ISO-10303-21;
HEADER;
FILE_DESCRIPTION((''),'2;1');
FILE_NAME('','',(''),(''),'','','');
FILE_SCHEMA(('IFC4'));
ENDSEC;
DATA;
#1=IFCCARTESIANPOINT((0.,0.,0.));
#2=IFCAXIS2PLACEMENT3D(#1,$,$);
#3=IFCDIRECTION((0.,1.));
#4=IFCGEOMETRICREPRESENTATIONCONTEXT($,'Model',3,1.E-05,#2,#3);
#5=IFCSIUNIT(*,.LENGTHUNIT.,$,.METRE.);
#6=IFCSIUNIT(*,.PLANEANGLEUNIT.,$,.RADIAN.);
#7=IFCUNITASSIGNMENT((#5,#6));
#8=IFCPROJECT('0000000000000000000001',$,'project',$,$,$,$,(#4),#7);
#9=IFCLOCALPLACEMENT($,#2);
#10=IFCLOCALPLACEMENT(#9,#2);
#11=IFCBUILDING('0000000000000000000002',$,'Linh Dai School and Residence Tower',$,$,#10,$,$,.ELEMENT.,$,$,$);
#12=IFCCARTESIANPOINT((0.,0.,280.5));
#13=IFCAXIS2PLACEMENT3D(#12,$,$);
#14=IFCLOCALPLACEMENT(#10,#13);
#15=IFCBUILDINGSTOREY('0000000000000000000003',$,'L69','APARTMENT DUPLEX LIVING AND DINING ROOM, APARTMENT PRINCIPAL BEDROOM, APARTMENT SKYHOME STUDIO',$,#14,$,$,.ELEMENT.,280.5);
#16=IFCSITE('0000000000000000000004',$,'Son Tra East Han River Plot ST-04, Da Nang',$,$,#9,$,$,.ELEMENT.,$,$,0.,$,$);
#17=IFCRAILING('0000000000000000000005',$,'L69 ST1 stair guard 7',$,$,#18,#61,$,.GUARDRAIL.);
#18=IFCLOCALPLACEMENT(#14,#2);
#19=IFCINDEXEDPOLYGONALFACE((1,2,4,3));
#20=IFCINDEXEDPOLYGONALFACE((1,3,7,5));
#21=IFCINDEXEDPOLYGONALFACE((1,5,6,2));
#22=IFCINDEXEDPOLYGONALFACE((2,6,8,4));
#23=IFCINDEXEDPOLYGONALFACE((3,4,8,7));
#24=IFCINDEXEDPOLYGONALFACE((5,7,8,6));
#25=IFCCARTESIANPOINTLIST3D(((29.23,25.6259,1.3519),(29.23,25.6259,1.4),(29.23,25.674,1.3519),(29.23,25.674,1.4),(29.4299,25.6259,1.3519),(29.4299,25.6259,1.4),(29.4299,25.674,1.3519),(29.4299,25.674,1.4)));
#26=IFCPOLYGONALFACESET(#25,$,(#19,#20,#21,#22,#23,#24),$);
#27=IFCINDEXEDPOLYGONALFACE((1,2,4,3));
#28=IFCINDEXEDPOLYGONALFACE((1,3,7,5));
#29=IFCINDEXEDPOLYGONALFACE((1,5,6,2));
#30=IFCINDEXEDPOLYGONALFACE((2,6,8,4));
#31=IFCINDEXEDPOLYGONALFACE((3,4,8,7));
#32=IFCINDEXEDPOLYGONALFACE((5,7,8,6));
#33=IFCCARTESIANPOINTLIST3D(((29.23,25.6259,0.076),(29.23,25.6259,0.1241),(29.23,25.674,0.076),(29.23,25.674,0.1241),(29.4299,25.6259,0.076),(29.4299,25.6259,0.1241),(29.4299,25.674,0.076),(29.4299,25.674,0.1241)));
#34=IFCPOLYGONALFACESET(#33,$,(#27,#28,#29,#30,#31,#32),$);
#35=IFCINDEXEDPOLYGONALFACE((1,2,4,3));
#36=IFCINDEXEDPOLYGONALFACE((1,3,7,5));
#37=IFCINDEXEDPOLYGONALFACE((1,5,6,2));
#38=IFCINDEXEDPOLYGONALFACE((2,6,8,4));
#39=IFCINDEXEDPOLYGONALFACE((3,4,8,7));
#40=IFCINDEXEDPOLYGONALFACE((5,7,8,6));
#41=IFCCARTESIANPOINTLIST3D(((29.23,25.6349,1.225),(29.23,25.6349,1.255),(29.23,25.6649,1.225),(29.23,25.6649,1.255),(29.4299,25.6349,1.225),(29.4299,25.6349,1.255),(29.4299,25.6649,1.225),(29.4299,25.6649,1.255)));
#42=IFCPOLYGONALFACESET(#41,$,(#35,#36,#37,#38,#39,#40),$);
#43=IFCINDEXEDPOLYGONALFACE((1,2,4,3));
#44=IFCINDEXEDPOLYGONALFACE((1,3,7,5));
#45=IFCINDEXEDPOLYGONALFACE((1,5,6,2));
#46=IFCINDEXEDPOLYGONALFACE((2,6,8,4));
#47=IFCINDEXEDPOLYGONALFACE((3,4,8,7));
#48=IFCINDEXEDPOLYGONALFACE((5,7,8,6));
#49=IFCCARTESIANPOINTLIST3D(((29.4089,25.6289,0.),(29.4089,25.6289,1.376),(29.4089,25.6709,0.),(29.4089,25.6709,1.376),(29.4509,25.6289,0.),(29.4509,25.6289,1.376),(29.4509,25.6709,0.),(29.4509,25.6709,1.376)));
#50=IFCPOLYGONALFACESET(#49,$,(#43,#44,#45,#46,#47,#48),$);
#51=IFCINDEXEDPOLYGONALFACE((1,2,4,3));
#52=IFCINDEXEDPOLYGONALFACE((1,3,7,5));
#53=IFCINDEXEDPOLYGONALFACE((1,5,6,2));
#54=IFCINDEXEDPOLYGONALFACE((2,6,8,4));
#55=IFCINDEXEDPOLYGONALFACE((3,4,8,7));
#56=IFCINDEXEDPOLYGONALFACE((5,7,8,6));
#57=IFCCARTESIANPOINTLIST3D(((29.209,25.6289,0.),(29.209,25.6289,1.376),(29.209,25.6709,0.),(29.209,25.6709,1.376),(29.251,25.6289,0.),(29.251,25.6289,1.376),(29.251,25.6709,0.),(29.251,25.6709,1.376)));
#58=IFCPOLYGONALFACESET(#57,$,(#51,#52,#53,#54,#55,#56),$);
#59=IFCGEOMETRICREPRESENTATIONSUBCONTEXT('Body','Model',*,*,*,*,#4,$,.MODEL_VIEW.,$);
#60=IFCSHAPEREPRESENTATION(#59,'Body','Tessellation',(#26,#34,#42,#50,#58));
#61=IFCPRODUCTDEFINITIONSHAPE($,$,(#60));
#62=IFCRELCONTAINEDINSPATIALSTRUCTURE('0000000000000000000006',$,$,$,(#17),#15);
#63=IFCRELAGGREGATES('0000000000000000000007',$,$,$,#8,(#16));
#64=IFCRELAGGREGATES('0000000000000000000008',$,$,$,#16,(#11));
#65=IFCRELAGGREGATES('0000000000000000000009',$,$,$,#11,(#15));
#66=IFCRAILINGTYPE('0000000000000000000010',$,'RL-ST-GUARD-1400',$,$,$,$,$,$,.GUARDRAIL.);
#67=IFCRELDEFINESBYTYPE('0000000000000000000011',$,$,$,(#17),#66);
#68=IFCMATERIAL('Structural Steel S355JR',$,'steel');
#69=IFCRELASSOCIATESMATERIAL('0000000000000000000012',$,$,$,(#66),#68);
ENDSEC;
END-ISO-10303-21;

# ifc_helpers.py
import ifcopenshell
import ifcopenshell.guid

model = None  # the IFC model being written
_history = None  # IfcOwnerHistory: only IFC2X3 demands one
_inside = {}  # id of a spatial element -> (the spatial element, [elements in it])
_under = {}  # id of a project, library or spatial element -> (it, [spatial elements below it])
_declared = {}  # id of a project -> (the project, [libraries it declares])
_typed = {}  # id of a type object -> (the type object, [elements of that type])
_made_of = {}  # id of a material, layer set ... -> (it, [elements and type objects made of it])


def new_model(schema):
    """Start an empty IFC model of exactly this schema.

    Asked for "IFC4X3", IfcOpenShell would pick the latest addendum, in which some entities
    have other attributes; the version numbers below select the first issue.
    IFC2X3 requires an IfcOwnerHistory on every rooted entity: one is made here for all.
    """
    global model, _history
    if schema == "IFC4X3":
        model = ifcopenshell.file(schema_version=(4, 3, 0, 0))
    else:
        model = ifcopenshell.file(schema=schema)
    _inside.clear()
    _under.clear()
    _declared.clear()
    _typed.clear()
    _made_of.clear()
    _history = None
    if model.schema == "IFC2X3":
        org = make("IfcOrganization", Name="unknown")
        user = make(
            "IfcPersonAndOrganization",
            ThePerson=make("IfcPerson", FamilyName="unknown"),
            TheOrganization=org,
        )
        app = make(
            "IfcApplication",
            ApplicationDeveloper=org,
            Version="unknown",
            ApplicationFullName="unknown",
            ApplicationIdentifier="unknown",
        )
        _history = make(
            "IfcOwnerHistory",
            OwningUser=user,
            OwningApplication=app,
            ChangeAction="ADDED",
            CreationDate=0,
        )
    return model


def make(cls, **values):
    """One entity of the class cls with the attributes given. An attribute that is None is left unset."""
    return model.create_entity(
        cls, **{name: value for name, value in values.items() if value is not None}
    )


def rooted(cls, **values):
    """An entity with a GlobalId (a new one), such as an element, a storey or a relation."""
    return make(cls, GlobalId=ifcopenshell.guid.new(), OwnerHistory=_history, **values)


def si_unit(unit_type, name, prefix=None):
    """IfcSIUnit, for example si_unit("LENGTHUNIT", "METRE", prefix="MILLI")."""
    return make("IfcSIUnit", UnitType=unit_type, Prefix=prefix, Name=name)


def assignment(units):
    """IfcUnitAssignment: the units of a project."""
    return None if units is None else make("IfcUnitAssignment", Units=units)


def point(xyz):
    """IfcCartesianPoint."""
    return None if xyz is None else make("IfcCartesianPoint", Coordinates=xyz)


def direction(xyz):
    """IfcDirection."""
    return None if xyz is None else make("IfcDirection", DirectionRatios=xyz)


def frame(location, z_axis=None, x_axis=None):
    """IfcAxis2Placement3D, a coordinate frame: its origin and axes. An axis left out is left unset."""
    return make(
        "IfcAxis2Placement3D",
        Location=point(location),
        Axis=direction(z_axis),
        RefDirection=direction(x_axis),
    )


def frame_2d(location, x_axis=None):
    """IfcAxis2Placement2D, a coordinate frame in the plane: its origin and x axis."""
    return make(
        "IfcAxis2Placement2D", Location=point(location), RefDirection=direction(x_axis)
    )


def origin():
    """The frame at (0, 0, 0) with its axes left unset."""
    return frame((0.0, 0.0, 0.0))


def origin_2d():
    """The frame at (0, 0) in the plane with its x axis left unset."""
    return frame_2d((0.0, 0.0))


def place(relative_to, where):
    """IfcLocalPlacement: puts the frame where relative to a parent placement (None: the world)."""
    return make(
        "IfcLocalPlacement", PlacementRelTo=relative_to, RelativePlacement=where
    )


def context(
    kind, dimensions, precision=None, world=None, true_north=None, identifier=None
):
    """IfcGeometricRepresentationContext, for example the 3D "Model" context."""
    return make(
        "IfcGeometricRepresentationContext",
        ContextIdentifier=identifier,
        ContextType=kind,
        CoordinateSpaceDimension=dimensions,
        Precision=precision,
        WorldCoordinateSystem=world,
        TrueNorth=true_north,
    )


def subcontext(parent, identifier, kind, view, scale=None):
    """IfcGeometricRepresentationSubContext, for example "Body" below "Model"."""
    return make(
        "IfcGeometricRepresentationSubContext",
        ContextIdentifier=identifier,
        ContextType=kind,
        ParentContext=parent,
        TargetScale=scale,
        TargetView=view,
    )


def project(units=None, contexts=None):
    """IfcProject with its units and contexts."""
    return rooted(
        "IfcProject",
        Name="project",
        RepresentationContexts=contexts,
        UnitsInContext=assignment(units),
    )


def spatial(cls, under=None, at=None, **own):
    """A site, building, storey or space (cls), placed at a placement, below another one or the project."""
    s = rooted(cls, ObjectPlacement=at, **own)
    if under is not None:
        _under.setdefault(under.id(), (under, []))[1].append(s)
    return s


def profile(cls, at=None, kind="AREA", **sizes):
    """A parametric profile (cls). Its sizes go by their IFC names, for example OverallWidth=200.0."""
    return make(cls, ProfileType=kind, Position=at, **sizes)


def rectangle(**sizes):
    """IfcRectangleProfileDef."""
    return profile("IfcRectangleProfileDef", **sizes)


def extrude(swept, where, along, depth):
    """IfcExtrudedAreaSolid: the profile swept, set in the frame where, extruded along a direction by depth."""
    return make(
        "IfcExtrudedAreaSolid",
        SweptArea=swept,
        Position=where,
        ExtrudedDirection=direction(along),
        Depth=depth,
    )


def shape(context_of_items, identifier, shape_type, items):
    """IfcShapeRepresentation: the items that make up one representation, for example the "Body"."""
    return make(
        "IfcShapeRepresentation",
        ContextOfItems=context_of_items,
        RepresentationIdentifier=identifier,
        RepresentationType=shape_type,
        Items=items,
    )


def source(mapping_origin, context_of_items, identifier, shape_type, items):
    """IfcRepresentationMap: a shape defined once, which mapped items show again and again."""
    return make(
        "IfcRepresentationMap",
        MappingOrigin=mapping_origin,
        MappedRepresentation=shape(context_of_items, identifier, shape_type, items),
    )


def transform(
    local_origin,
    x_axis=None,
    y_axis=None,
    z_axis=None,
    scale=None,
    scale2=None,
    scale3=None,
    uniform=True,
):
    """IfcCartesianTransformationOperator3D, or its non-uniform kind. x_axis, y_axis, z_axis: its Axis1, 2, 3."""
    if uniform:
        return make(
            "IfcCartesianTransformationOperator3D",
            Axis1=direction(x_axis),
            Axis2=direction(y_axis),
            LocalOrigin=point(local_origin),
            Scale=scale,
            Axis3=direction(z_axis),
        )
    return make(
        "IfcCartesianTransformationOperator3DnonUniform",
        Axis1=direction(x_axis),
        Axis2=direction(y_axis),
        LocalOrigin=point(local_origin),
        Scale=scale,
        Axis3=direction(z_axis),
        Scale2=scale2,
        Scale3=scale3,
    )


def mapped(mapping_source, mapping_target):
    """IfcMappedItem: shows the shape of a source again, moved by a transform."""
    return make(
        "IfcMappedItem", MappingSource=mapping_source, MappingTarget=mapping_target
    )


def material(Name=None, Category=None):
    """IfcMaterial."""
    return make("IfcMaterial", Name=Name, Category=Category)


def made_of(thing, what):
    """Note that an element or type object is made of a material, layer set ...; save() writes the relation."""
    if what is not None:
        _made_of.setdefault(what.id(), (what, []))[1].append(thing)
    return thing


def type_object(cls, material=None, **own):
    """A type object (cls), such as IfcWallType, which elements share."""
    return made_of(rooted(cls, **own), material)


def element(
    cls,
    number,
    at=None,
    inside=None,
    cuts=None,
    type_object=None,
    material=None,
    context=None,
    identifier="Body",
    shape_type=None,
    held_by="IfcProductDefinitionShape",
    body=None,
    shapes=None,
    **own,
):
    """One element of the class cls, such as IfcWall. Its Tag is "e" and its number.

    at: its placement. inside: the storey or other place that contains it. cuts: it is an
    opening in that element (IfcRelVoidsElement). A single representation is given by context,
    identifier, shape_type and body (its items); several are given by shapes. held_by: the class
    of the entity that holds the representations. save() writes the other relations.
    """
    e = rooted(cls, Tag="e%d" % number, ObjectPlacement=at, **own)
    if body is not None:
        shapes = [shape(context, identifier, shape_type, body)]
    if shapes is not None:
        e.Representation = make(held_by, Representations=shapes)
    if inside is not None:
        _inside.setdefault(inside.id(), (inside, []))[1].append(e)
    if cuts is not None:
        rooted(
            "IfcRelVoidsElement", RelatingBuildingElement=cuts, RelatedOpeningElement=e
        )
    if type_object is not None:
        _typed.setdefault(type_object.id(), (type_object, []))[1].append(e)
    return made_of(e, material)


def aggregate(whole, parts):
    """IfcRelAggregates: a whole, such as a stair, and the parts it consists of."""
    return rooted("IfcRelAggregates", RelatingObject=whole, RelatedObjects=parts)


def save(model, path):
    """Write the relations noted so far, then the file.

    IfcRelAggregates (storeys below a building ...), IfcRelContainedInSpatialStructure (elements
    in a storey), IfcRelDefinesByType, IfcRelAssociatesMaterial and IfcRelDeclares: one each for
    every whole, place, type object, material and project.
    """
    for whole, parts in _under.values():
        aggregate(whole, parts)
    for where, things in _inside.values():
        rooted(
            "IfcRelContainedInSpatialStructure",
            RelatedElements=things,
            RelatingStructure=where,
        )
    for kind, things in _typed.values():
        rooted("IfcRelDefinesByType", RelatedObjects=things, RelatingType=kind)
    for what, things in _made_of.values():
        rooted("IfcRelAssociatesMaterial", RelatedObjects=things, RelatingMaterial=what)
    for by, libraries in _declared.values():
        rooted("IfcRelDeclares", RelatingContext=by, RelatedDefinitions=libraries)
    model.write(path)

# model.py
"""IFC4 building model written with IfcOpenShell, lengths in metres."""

from ifc_helpers import new_model, si_unit, direction, frame, origin, origin_2d, place, context, subcontext, project, spatial, rectangle, extrude, source, transform, mapped, material, type_object, element, save


model = new_model("IFC4")

# Units and contexts
model_context = context("Model", 3, precision=1e-05, world=origin(), true_north=direction((0.0, 1.0)))
body_context = subcontext(model_context, "Body", "Model", "MODEL_VIEW")
ifc_project = project(units=[si_unit("LENGTHUNIT", "METRE"), si_unit("PLANEANGLEUNIT", "RADIAN")], contexts=[model_context])

# Site, building, storey
site_placement = place(None, origin())
site = spatial("IfcSite", under=ifc_project, at=site_placement, Name="Son Tra East Han River Plot ST-04, Da Nang", CompositionType="ELEMENT", RefElevation=0.0)
building_placement = place(site_placement, origin())
building = spatial("IfcBuilding", under=site, at=building_placement, Name="Linh Dai School and Residence Tower", CompositionType="ELEMENT")
storey_placement = place(building_placement, frame((0.0, 0.0, 280.5)))
storey = spatial("IfcBuildingStorey", under=building, at=storey_placement, Name="L69", Description="APARTMENT DUPLEX LIVING AND DINING ROOM, APARTMENT PRINCIPAL BEDROOM, APARTMENT SKYHOME STUDIO", CompositionType="ELEMENT", Elevation=280.5)

# Shared definitions
ifc_material_1 = material(Name="Structural Steel S355JR", Category="steel")

# Railing
railing_type_1 = type_object("IfcRailingType", Name="RL-ST-GUARD-1400", PredefinedType="GUARDRAIL", material=ifc_material_1)
shared_shape_1 = source(origin(), body_context, "Body", "SweptSolid", [
    extrude(rectangle(XDim=0.0481, YDim=0.0481, at=origin_2d()), frame((0.0, 0.0, 1.376), z_axis=(-1.0, 0.0, 0.0), x_axis=(0.0, -1.0, 0.0)), (0.0, 0.0, 1.0), 0.2),
    extrude(rectangle(XDim=0.0481, YDim=0.0481, at=origin_2d()), frame((0.0, 0.0, 0.1001), z_axis=(-1.0, 0.0, 0.0), x_axis=(0.0, -1.0, 0.0)), (0.0, 0.0, 1.0), 0.2),
    extrude(rectangle(XDim=0.03, YDim=0.03, at=origin_2d()), frame((0.0, 0.0, 1.24), z_axis=(-1.0, 0.0, 0.0), x_axis=(0.0, -1.0, 0.0)), (0.0, 0.0, 1.0), 0.2),
    extrude(rectangle(XDim=0.042, YDim=0.042, at=origin_2d()), origin(), (0.0, 0.0, 1.0), 1.376),
    extrude(rectangle(XDim=0.042, YDim=0.042, at=origin_2d()), frame((-0.2, 0.0, 0.0)), (0.0, 0.0, 1.0), 1.376),
])
railing_1_placement = place(storey_placement, frame((29.4299, 25.6499, 0.0)))
element("IfcRailing", 1, at=railing_1_placement, inside=storey, type_object=railing_type_1, Name="L69 ST1 stair guard 7", PredefinedType="GUARDRAIL", context=body_context, shape_type="MappedRepresentation", body=[
    mapped(shared_shape_1, transform((0.0, 0.0, 0.0), x_axis=(1.0, 0.0, 0.0), y_axis=(0.0, 1.0, 0.0), z_axis=(0.0, 0.0, 1.0), scale=1.0)),
])

save(model, "model.ifc")
